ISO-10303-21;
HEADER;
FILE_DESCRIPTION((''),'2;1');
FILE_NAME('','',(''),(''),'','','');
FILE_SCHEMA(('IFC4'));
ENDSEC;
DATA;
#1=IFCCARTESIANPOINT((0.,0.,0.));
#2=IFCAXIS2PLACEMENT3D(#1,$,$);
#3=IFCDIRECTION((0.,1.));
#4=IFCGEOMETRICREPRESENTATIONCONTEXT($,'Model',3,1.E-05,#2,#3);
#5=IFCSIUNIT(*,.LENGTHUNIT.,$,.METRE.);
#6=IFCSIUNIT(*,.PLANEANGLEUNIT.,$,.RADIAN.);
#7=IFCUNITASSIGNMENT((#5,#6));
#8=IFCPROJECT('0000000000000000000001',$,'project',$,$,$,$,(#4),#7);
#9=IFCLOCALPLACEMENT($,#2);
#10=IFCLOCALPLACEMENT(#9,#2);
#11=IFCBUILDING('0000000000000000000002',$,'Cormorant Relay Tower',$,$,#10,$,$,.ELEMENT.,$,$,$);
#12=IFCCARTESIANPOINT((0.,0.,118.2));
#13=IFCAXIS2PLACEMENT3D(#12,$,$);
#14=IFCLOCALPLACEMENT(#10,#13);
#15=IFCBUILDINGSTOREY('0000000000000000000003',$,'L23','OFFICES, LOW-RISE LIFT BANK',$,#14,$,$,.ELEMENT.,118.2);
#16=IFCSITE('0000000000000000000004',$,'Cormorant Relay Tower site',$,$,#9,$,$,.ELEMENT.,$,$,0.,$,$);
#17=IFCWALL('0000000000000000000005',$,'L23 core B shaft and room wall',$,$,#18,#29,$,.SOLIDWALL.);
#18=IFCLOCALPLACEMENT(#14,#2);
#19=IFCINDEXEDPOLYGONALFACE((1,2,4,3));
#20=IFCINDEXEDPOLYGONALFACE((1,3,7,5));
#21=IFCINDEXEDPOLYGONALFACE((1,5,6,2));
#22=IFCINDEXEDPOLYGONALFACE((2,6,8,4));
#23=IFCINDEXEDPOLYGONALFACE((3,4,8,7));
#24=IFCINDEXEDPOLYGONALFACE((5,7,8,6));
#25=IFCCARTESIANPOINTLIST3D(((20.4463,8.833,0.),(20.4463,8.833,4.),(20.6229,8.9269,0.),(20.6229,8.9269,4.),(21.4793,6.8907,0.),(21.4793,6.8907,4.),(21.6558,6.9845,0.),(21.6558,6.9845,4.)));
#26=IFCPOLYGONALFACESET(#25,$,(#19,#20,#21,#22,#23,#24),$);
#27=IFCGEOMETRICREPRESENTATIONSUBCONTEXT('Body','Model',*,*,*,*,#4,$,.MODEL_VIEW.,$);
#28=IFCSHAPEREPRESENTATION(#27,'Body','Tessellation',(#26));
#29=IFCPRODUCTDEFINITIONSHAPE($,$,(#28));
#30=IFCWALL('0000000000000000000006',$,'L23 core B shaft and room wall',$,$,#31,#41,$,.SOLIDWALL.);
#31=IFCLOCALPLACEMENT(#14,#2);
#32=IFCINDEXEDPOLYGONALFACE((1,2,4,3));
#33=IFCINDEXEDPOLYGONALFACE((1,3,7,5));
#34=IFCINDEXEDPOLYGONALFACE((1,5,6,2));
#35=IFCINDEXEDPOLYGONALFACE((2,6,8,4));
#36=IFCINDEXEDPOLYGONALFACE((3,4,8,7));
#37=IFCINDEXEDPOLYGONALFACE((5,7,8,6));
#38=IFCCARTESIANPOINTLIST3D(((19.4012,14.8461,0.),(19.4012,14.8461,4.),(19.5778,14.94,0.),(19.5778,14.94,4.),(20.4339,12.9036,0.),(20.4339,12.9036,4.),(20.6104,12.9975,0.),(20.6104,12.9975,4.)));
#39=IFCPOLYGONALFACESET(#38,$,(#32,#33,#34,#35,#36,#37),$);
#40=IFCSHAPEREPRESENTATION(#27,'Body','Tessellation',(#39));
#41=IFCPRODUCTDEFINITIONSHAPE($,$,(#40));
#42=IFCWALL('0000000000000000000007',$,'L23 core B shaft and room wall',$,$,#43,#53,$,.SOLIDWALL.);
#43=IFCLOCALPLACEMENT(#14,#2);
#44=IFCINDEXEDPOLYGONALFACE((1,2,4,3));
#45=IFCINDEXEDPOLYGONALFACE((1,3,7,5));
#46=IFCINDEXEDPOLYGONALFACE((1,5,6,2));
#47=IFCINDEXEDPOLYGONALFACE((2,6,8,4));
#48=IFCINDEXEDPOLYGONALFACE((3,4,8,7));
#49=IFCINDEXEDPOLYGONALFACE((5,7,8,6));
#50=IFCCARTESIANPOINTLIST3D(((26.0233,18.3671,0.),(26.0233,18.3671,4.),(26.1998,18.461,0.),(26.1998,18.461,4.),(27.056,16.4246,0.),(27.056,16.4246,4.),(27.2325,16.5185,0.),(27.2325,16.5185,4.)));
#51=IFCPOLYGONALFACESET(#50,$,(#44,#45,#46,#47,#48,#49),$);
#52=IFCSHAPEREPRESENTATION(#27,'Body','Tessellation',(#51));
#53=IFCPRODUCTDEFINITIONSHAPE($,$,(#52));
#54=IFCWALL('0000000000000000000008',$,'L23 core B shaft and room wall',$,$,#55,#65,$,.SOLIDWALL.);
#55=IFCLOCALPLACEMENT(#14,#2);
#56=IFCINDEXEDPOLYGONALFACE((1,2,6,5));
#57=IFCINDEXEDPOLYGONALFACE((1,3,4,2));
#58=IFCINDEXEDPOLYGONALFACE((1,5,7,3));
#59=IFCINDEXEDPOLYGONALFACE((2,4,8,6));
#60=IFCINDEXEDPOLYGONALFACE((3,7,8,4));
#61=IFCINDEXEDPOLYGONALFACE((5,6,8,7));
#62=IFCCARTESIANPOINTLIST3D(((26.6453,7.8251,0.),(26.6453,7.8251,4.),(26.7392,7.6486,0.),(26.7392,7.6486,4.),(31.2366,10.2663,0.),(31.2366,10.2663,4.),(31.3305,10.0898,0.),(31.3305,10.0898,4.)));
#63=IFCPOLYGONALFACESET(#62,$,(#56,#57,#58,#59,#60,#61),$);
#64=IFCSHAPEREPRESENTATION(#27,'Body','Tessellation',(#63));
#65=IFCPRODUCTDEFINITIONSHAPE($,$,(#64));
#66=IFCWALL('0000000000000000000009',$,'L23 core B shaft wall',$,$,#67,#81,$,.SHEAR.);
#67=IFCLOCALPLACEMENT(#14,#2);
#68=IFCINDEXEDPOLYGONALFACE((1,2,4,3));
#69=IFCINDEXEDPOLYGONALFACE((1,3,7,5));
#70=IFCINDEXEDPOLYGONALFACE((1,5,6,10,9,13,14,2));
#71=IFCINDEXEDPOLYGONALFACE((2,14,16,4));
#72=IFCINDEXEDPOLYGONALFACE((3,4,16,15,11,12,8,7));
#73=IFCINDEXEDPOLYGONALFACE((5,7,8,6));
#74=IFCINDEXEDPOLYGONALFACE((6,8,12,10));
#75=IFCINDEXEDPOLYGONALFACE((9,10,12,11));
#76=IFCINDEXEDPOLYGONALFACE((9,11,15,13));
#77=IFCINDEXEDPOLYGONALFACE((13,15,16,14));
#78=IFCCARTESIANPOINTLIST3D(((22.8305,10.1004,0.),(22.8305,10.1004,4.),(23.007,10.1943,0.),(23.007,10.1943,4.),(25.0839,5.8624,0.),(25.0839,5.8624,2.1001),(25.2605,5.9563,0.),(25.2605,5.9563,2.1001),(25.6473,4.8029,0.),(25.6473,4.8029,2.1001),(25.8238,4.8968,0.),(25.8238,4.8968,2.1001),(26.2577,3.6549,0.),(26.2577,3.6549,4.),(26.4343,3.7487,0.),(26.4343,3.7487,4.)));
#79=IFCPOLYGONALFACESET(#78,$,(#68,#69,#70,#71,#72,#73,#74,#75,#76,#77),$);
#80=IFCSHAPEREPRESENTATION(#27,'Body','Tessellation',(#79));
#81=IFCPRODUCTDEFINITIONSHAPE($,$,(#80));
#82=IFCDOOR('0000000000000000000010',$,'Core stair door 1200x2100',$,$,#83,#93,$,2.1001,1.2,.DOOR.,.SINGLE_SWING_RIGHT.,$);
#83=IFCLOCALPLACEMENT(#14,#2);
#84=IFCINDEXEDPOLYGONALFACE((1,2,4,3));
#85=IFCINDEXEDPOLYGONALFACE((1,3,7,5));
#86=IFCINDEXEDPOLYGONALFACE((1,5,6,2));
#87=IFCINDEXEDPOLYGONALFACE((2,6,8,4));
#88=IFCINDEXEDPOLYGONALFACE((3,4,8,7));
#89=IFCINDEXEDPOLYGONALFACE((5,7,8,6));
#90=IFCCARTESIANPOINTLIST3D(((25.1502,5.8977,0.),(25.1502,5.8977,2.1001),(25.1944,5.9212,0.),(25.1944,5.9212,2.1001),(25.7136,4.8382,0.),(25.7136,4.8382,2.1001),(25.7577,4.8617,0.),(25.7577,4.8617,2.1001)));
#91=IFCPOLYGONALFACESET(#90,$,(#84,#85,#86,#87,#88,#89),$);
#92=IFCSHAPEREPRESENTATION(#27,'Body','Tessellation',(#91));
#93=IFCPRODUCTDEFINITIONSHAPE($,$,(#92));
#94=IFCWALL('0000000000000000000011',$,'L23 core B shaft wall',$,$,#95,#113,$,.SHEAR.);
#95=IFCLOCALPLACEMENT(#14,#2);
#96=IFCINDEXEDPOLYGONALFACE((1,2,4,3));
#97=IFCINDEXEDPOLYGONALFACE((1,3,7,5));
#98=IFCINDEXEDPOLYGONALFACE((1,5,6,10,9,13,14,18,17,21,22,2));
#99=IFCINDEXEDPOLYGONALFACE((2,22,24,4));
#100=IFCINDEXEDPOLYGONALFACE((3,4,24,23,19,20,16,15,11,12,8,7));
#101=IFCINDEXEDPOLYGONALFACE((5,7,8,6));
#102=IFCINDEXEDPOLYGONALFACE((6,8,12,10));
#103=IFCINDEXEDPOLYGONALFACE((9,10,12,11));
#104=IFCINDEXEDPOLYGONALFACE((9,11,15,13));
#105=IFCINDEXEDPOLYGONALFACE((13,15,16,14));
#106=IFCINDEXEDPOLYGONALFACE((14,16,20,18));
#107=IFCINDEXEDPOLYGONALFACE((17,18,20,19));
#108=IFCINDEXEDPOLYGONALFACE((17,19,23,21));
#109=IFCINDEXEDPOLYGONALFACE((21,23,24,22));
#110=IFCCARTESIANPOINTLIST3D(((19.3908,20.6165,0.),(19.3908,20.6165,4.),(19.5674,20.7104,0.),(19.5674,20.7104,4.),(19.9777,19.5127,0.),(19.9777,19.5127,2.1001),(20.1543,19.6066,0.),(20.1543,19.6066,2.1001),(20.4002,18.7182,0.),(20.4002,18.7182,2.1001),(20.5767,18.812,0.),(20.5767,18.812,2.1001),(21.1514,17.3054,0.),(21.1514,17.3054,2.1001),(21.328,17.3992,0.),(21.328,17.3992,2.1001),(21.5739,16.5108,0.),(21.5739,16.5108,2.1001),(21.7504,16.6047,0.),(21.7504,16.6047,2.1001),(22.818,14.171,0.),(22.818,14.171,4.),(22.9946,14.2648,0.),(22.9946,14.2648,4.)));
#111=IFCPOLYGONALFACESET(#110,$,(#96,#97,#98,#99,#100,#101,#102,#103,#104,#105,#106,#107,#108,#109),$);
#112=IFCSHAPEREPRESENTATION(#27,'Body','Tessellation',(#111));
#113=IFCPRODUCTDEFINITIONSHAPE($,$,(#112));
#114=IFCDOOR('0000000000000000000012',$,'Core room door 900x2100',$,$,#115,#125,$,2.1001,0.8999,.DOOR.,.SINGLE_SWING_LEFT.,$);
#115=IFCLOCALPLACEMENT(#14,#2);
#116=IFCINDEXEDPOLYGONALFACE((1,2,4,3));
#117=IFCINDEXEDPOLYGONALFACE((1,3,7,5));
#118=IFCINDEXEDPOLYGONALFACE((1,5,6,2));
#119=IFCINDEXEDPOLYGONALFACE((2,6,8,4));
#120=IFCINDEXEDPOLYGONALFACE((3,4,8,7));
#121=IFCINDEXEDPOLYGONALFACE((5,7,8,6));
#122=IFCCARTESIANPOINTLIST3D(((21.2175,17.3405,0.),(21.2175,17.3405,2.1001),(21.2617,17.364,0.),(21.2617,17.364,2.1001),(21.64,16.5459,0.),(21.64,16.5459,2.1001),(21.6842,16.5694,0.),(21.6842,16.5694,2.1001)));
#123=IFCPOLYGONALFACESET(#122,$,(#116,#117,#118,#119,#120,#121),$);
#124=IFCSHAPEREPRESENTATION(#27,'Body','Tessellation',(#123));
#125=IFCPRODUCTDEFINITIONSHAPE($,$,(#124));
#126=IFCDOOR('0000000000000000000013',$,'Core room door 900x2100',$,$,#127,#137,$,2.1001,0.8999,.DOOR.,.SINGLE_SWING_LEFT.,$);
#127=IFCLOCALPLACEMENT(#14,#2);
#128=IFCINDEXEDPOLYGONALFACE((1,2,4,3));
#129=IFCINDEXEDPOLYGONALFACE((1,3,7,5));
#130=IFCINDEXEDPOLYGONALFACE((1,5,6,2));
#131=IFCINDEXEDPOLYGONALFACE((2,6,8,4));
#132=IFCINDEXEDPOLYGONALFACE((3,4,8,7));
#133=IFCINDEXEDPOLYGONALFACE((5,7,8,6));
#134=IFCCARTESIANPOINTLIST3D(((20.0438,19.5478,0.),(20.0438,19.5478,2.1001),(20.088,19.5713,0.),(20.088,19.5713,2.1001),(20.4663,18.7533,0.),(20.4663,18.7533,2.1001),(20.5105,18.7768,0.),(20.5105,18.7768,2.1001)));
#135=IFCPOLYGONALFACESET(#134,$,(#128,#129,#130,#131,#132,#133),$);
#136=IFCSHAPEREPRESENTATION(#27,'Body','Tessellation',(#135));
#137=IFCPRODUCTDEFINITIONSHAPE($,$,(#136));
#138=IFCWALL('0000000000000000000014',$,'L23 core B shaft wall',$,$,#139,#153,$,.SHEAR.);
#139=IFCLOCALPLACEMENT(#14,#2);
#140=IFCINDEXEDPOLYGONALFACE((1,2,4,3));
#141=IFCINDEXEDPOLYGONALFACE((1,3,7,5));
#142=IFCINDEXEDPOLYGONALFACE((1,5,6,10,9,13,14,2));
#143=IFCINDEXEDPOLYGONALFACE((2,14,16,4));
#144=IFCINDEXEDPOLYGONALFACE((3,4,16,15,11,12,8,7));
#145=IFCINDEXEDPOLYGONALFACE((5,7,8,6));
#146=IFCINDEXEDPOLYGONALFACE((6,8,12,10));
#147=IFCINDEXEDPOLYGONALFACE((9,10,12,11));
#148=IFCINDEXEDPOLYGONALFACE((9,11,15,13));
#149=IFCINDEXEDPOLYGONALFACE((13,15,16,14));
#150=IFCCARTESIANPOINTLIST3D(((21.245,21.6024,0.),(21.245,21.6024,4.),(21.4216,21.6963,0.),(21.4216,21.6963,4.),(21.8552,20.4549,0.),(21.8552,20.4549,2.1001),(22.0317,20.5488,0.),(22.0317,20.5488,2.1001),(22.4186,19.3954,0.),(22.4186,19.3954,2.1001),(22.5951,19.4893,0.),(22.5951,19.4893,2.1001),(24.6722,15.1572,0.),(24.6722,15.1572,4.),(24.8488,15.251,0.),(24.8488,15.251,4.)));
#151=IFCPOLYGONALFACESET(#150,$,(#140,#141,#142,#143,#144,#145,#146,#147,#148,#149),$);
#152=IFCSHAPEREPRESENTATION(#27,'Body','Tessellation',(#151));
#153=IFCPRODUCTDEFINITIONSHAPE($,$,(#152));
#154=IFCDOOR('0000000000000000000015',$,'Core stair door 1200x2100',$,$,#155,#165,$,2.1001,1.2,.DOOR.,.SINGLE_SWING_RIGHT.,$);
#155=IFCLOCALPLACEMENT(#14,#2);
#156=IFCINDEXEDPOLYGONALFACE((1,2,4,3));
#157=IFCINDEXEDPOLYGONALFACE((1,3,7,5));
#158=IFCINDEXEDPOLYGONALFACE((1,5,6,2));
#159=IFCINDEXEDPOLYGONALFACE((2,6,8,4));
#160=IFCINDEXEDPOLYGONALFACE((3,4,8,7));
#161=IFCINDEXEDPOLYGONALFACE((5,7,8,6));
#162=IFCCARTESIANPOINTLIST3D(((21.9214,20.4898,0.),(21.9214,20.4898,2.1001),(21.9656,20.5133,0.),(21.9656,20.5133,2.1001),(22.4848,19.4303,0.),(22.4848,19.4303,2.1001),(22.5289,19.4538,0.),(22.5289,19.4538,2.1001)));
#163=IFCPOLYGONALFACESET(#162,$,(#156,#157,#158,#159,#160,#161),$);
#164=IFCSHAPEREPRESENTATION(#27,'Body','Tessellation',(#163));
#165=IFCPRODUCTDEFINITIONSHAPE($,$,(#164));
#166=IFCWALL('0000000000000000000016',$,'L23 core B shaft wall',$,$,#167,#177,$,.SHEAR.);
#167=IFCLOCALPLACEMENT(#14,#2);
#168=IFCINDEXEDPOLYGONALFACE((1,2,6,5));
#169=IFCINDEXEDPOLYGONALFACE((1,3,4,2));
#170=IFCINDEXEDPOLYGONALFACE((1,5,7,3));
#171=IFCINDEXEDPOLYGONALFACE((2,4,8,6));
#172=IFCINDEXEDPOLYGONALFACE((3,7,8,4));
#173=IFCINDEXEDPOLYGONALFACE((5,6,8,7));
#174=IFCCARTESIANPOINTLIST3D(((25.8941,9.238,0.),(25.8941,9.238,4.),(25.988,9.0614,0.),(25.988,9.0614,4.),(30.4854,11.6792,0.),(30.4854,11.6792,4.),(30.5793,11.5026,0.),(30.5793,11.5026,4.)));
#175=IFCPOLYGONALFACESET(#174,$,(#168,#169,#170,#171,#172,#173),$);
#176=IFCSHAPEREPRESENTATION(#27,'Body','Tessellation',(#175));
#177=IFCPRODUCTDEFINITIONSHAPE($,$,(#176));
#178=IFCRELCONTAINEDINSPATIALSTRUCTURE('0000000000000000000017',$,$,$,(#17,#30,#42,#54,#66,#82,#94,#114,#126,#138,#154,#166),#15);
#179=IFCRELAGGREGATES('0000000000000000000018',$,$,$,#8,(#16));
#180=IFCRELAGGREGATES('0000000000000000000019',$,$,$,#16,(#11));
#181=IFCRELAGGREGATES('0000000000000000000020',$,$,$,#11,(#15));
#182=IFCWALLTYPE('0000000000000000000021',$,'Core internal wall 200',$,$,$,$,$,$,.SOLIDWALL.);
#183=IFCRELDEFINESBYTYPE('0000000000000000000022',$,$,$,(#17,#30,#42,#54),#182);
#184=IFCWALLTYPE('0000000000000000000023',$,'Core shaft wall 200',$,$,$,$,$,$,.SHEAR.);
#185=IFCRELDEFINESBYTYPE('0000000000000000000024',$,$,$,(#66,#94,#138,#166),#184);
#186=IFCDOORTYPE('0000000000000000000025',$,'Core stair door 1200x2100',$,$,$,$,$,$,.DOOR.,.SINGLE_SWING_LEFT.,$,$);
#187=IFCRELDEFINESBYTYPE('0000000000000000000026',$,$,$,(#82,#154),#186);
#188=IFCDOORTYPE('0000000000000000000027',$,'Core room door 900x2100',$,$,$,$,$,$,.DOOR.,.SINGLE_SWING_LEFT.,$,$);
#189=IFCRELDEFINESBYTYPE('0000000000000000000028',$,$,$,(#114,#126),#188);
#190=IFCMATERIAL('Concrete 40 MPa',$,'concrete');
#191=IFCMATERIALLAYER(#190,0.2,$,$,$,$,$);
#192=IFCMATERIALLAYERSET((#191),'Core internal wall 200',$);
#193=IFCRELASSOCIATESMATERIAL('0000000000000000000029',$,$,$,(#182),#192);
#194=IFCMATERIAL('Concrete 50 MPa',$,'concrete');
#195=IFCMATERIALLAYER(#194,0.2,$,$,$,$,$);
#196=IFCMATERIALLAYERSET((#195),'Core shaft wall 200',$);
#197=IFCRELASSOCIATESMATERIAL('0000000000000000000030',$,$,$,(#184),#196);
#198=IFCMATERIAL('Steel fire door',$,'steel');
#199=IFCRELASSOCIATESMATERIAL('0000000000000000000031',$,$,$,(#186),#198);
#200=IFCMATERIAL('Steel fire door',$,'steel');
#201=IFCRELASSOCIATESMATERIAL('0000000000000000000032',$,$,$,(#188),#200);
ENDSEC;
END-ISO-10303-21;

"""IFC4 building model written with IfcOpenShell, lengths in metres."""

from ifc_helpers import new_model, si_unit, direction, frame, frame_2d, origin, place, context, subcontext, project, spatial, rectangle, extrude, material, layer, layer_set, type_object, element, fill, save


model = new_model("IFC4")

# Units and contexts
model_context = context("Model", 3, precision=1e-05, world=origin(), true_north=direction((0.0, 1.0)))
body_context = subcontext(model_context, "Body", "Model", "MODEL_VIEW")
ifc_project = project(units=[si_unit("LENGTHUNIT", "METRE"), si_unit("PLANEANGLEUNIT", "RADIAN")], contexts=[model_context])

# Site, building, storey
site_placement = place(None, origin())
site = spatial("IfcSite", under=ifc_project, at=site_placement, Name="Cormorant Relay Tower site", CompositionType="ELEMENT", RefElevation=0.0)
building_placement = place(site_placement, origin())
building = spatial("IfcBuilding", under=site, at=building_placement, Name="Cormorant Relay Tower", CompositionType="ELEMENT")
storey_placement = place(building_placement, frame((0.0, 0.0, 118.2)))
storey = spatial("IfcBuildingStorey", under=building, at=storey_placement, Name="L23", Description="OFFICES, LOW-RISE LIFT BANK", CompositionType="ELEMENT", Elevation=118.2)

# Walls
ifc_material_1 = material(Name="Concrete 40 MPa", Category="concrete")
ifc_layer_1 = layer(ifc_material_1, 0.2)
ifc_layer_set_1 = layer_set([ifc_layer_1], Name="Core internal wall 200")
wall_type_1 = type_object("IfcWallType", Name="Core internal wall 200", PredefinedType="SOLIDWALL", material=ifc_layer_set_1)
for number, where, z_axis, x_axis, name in (
    (1, (21.5676, 6.9375, 0.0), (0.0, 0.0, 1.0), (-0.469534, 0.882914, 0.0), "L23 core B shaft and room wall"),
    (2, (20.5222, 12.9504, 0.0), (0.0, 0.0, 1.0), (-0.469401, 0.882985, 0.0), "L23 core B shaft and room wall"),
    (3, (27.1443, 16.4714, 0.0), (0.0, 0.0, 1.0), (-0.469401, 0.882985, 0.0), "L23 core B shaft and room wall"),
):
    element("IfcWall", number, at=place(storey_placement, frame(where, z_axis=z_axis, x_axis=x_axis)), inside=storey, type_object=wall_type_1, Name=name, PredefinedType="SOLIDWALL", context=body_context, shape_type="SweptSolid", body=[
        extrude(rectangle(XDim=2.2, YDim=0.2, at=frame_2d((1.1001, 0.0))), origin(), (0.0, 0.0, 1.0), 4.0),
    ])
wall_1_placement = place(storey_placement, frame((26.6921, 7.7368, 0.0), z_axis=(0.0, 0.0, 1.0), x_axis=(0.882954, 0.46946, 0.0)))
element("IfcWall", 4, at=wall_1_placement, inside=storey, type_object=wall_type_1, Name="L23 core B shaft and room wall", PredefinedType="SOLIDWALL", context=body_context, shape_type="SweptSolid", body=[
    extrude(rectangle(XDim=5.2, YDim=0.2, at=frame_2d((2.6001, 0.0))), origin(), (0.0, 0.0, 1.0), 4.0),
])

# Wall, opening, door
ifc_material_2 = material(Name="Concrete 50 MPa", Category="concrete")
ifc_layer_2 = layer(ifc_material_2, 0.2)
ifc_layer_set_2 = layer_set([ifc_layer_2], Name="Core shaft wall 200")
wall_type_2 = type_object("IfcWallType", Name="Core shaft wall 200", PredefinedType="SHEAR", material=ifc_layer_set_2)
wall_2_placement = place(storey_placement, frame((26.3459, 3.7019, 0.0), z_axis=(0.0, 0.0, 1.0), x_axis=(-0.46948, 0.882943, 0.0)))
wall_2 = element("IfcWall", 5, at=wall_2_placement, inside=storey, type_object=wall_type_2, Name="L23 core B shaft wall", PredefinedType="SHEAR", context=body_context, shape_type="SweptSolid", body=[
    extrude(rectangle(XDim=7.3, YDim=0.2, at=frame_2d((3.6499, 0.0))), origin(), (0.0, 0.0, 1.0), 4.0),
])
opening_1_placement = place(wall_2_placement, frame((1.3, 0.0, 0.0)))
opening_1 = element("IfcOpeningElement", 6, at=opening_1_placement, cuts=wall_2, PredefinedType="OPENING", context=body_context, shape_type="SweptSolid", body=[
    extrude(rectangle(XDim=1.2, YDim=2.1001, at=frame_2d((0.6001, 1.05))), frame((0.0, 0.1099, 0.0), z_axis=(0.0, -1.0, 0.0), x_axis=(1.0, 0.0, 0.0)), (0.0, 0.0, 1.0), 0.22),
])
ifc_material_3 = material(Name="Steel fire door", Category="steel")
door_type_1 = type_object("IfcDoorType", Name="Core stair door 1200x2100", OperationType="SINGLE_SWING_LEFT", PredefinedType="DOOR", material=ifc_material_3)
door_1_placement = place(opening_1_placement, origin())
door_1 = element("IfcDoor", 7, at=door_1_placement, inside=storey, type_object=door_type_1, Name="Core stair door 1200x2100", OperationType="SINGLE_SWING_RIGHT", OverallHeight=2.1001, OverallWidth=1.2, PredefinedType="DOOR", context=body_context, shape_type="SweptSolid", body=[
    extrude(rectangle(XDim=1.2, YDim=2.1001, at=frame_2d((0.6001, 1.05))), frame((0.0, 0.0249, 0.0), z_axis=(0.0, -1.0, 0.0), x_axis=(1.0, 0.0, 0.0)), (0.0, 0.0, 1.0), 0.05),
])
fill(opening_1, door_1)

# Wall, openings, doors
wall_3_placement = place(storey_placement, frame((22.9062, 14.218, 0.0), z_axis=(0.0, 0.0, 1.0), x_axis=(-0.46948, 0.882943, 0.0)))
wall_3 = element("IfcWall", 8, at=wall_3_placement, inside=storey, type_object=wall_type_2, Name="L23 core B shaft wall", PredefinedType="SHEAR", context=body_context, shape_type="SweptSolid", body=[
    extrude(rectangle(XDim=7.3, YDim=0.2, at=frame_2d((3.6499, 0.0))), origin(), (0.0, 0.0, 1.0), 4.0),
])
opening_2_placement = place(wall_3_placement, frame((2.6499, 0.0, 0.0)))
opening_2 = element("IfcOpeningElement", 9, at=opening_2_placement, cuts=wall_3, PredefinedType="OPENING", context=body_context, shape_type="SweptSolid", body=[
    extrude(rectangle(XDim=0.8999, YDim=2.1001, at=frame_2d((0.45, 1.05))), frame((0.0, 0.1099, 0.0), z_axis=(0.0, -1.0, 0.0), x_axis=(1.0, 0.0, 0.0)), (0.0, 0.0, 1.0), 0.22),
])
opening_3_placement = place(wall_3_placement, frame((5.1499, 0.0, 0.0)))
opening_3 = element("IfcOpeningElement", 10, at=opening_3_placement, cuts=wall_3, PredefinedType="OPENING", context=body_context, shape_type="SweptSolid", body=[
    extrude(rectangle(XDim=0.8999, YDim=2.1001, at=frame_2d((0.45, 1.05))), frame((0.0, 0.1099, 0.0), z_axis=(0.0, -1.0, 0.0), x_axis=(1.0, 0.0, 0.0)), (0.0, 0.0, 1.0), 0.22),
])
ifc_material_4 = material(Name="Steel fire door", Category="steel")
door_type_2 = type_object("IfcDoorType", Name="Core room door 900x2100", OperationType="SINGLE_SWING_LEFT", PredefinedType="DOOR", material=ifc_material_4)
door_2_placement = place(opening_2_placement, frame((0.8999, 0.0, 0.0), z_axis=(0.0, 0.0, 1.0), x_axis=(-1.0, 0.0, 0.0)))
door_2 = element("IfcDoor", 11, at=door_2_placement, inside=storey, type_object=door_type_2, Name="Core room door 900x2100", OperationType="SINGLE_SWING_LEFT", OverallHeight=2.1001, OverallWidth=0.8999, PredefinedType="DOOR", context=body_context, shape_type="SweptSolid", body=[
    extrude(rectangle(XDim=0.8999, YDim=2.1001, at=frame_2d((0.45, 1.05))), frame((0.0, 0.0249, 0.0), z_axis=(0.0, -1.0, 0.0), x_axis=(1.0, 0.0, 0.0)), (0.0, 0.0, 1.0), 0.05),
])
fill(opening_2, door_2)
door_3_placement = place(opening_3_placement, frame((0.8999, 0.0, 0.0), z_axis=(0.0, 0.0, 1.0), x_axis=(-1.0, 0.0, 0.0)))
door_3 = element("IfcDoor", 12, at=door_3_placement, inside=storey, type_object=door_type_2, Name="Core room door 900x2100", OperationType="SINGLE_SWING_LEFT", OverallHeight=2.1001, OverallWidth=0.8999, PredefinedType="DOOR", context=body_context, shape_type="SweptSolid", body=[
    extrude(rectangle(XDim=0.8999, YDim=2.1001, at=frame_2d((0.45, 1.05))), frame((0.0, 0.0249, 0.0), z_axis=(0.0, -1.0, 0.0), x_axis=(1.0, 0.0, 0.0)), (0.0, 0.0, 1.0), 0.05),
])
fill(opening_3, door_3)

# Wall, opening, door
wall_4_placement = place(storey_placement, frame((24.7605, 15.2041, 0.0), z_axis=(0.0, 0.0, 1.0), x_axis=(-0.469494, 0.882936, 0.0)))
wall_4 = element("IfcWall", 13, at=wall_4_placement, inside=storey, type_object=wall_type_2, Name="L23 core B shaft wall", PredefinedType="SHEAR", context=body_context, shape_type="SweptSolid", body=[
    extrude(rectangle(XDim=7.2998, YDim=0.2, at=frame_2d((3.6499, 0.0))), origin(), (0.0, 0.0, 1.0), 4.0),
])
opening_4_placement = place(wall_4_placement, frame((4.8, 0.0, 0.0)))
opening_4 = element("IfcOpeningElement", 14, at=opening_4_placement, cuts=wall_4, PredefinedType="OPENING", context=body_context, shape_type="SweptSolid", body=[
    extrude(rectangle(XDim=1.2, YDim=2.1001, at=frame_2d((0.6001, 1.05))), frame((0.0, 0.1099, 0.0), z_axis=(0.0, -1.0, 0.0), x_axis=(1.0, 0.0, 0.0)), (0.0, 0.0, 1.0), 0.22),
])
door_4_placement = place(opening_4_placement, frame((1.2, 0.0, 0.0), z_axis=(0.0, 0.0, 1.0), x_axis=(-1.0, 0.0, 0.0)))
door_4 = element("IfcDoor", 15, at=door_4_placement, inside=storey, type_object=door_type_1, Name="Core stair door 1200x2100", OperationType="SINGLE_SWING_RIGHT", OverallHeight=2.1001, OverallWidth=1.2, PredefinedType="DOOR", context=body_context, shape_type="SweptSolid", body=[
    extrude(rectangle(XDim=1.2, YDim=2.1001, at=frame_2d((0.6001, 1.05))), frame((0.0, 0.0249, 0.0), z_axis=(0.0, -1.0, 0.0), x_axis=(1.0, 0.0, 0.0)), (0.0, 0.0, 1.0), 0.05),
])
fill(opening_4, door_4)

# Wall
wall_5_placement = place(storey_placement, frame((25.9409, 9.1497, 0.0), z_axis=(0.0, 0.0, 1.0), x_axis=(0.882954, 0.46946, 0.0)))
element("IfcWall", 16, at=wall_5_placement, inside=storey, type_object=wall_type_2, Name="L23 core B shaft wall", PredefinedType="SHEAR", context=body_context, shape_type="SweptSolid", body=[
    extrude(rectangle(XDim=5.2, YDim=0.2, at=frame_2d((2.6001, 0.0))), origin(), (0.0, 0.0, 1.0), 4.0),
])

save(model, "model.ifc")
